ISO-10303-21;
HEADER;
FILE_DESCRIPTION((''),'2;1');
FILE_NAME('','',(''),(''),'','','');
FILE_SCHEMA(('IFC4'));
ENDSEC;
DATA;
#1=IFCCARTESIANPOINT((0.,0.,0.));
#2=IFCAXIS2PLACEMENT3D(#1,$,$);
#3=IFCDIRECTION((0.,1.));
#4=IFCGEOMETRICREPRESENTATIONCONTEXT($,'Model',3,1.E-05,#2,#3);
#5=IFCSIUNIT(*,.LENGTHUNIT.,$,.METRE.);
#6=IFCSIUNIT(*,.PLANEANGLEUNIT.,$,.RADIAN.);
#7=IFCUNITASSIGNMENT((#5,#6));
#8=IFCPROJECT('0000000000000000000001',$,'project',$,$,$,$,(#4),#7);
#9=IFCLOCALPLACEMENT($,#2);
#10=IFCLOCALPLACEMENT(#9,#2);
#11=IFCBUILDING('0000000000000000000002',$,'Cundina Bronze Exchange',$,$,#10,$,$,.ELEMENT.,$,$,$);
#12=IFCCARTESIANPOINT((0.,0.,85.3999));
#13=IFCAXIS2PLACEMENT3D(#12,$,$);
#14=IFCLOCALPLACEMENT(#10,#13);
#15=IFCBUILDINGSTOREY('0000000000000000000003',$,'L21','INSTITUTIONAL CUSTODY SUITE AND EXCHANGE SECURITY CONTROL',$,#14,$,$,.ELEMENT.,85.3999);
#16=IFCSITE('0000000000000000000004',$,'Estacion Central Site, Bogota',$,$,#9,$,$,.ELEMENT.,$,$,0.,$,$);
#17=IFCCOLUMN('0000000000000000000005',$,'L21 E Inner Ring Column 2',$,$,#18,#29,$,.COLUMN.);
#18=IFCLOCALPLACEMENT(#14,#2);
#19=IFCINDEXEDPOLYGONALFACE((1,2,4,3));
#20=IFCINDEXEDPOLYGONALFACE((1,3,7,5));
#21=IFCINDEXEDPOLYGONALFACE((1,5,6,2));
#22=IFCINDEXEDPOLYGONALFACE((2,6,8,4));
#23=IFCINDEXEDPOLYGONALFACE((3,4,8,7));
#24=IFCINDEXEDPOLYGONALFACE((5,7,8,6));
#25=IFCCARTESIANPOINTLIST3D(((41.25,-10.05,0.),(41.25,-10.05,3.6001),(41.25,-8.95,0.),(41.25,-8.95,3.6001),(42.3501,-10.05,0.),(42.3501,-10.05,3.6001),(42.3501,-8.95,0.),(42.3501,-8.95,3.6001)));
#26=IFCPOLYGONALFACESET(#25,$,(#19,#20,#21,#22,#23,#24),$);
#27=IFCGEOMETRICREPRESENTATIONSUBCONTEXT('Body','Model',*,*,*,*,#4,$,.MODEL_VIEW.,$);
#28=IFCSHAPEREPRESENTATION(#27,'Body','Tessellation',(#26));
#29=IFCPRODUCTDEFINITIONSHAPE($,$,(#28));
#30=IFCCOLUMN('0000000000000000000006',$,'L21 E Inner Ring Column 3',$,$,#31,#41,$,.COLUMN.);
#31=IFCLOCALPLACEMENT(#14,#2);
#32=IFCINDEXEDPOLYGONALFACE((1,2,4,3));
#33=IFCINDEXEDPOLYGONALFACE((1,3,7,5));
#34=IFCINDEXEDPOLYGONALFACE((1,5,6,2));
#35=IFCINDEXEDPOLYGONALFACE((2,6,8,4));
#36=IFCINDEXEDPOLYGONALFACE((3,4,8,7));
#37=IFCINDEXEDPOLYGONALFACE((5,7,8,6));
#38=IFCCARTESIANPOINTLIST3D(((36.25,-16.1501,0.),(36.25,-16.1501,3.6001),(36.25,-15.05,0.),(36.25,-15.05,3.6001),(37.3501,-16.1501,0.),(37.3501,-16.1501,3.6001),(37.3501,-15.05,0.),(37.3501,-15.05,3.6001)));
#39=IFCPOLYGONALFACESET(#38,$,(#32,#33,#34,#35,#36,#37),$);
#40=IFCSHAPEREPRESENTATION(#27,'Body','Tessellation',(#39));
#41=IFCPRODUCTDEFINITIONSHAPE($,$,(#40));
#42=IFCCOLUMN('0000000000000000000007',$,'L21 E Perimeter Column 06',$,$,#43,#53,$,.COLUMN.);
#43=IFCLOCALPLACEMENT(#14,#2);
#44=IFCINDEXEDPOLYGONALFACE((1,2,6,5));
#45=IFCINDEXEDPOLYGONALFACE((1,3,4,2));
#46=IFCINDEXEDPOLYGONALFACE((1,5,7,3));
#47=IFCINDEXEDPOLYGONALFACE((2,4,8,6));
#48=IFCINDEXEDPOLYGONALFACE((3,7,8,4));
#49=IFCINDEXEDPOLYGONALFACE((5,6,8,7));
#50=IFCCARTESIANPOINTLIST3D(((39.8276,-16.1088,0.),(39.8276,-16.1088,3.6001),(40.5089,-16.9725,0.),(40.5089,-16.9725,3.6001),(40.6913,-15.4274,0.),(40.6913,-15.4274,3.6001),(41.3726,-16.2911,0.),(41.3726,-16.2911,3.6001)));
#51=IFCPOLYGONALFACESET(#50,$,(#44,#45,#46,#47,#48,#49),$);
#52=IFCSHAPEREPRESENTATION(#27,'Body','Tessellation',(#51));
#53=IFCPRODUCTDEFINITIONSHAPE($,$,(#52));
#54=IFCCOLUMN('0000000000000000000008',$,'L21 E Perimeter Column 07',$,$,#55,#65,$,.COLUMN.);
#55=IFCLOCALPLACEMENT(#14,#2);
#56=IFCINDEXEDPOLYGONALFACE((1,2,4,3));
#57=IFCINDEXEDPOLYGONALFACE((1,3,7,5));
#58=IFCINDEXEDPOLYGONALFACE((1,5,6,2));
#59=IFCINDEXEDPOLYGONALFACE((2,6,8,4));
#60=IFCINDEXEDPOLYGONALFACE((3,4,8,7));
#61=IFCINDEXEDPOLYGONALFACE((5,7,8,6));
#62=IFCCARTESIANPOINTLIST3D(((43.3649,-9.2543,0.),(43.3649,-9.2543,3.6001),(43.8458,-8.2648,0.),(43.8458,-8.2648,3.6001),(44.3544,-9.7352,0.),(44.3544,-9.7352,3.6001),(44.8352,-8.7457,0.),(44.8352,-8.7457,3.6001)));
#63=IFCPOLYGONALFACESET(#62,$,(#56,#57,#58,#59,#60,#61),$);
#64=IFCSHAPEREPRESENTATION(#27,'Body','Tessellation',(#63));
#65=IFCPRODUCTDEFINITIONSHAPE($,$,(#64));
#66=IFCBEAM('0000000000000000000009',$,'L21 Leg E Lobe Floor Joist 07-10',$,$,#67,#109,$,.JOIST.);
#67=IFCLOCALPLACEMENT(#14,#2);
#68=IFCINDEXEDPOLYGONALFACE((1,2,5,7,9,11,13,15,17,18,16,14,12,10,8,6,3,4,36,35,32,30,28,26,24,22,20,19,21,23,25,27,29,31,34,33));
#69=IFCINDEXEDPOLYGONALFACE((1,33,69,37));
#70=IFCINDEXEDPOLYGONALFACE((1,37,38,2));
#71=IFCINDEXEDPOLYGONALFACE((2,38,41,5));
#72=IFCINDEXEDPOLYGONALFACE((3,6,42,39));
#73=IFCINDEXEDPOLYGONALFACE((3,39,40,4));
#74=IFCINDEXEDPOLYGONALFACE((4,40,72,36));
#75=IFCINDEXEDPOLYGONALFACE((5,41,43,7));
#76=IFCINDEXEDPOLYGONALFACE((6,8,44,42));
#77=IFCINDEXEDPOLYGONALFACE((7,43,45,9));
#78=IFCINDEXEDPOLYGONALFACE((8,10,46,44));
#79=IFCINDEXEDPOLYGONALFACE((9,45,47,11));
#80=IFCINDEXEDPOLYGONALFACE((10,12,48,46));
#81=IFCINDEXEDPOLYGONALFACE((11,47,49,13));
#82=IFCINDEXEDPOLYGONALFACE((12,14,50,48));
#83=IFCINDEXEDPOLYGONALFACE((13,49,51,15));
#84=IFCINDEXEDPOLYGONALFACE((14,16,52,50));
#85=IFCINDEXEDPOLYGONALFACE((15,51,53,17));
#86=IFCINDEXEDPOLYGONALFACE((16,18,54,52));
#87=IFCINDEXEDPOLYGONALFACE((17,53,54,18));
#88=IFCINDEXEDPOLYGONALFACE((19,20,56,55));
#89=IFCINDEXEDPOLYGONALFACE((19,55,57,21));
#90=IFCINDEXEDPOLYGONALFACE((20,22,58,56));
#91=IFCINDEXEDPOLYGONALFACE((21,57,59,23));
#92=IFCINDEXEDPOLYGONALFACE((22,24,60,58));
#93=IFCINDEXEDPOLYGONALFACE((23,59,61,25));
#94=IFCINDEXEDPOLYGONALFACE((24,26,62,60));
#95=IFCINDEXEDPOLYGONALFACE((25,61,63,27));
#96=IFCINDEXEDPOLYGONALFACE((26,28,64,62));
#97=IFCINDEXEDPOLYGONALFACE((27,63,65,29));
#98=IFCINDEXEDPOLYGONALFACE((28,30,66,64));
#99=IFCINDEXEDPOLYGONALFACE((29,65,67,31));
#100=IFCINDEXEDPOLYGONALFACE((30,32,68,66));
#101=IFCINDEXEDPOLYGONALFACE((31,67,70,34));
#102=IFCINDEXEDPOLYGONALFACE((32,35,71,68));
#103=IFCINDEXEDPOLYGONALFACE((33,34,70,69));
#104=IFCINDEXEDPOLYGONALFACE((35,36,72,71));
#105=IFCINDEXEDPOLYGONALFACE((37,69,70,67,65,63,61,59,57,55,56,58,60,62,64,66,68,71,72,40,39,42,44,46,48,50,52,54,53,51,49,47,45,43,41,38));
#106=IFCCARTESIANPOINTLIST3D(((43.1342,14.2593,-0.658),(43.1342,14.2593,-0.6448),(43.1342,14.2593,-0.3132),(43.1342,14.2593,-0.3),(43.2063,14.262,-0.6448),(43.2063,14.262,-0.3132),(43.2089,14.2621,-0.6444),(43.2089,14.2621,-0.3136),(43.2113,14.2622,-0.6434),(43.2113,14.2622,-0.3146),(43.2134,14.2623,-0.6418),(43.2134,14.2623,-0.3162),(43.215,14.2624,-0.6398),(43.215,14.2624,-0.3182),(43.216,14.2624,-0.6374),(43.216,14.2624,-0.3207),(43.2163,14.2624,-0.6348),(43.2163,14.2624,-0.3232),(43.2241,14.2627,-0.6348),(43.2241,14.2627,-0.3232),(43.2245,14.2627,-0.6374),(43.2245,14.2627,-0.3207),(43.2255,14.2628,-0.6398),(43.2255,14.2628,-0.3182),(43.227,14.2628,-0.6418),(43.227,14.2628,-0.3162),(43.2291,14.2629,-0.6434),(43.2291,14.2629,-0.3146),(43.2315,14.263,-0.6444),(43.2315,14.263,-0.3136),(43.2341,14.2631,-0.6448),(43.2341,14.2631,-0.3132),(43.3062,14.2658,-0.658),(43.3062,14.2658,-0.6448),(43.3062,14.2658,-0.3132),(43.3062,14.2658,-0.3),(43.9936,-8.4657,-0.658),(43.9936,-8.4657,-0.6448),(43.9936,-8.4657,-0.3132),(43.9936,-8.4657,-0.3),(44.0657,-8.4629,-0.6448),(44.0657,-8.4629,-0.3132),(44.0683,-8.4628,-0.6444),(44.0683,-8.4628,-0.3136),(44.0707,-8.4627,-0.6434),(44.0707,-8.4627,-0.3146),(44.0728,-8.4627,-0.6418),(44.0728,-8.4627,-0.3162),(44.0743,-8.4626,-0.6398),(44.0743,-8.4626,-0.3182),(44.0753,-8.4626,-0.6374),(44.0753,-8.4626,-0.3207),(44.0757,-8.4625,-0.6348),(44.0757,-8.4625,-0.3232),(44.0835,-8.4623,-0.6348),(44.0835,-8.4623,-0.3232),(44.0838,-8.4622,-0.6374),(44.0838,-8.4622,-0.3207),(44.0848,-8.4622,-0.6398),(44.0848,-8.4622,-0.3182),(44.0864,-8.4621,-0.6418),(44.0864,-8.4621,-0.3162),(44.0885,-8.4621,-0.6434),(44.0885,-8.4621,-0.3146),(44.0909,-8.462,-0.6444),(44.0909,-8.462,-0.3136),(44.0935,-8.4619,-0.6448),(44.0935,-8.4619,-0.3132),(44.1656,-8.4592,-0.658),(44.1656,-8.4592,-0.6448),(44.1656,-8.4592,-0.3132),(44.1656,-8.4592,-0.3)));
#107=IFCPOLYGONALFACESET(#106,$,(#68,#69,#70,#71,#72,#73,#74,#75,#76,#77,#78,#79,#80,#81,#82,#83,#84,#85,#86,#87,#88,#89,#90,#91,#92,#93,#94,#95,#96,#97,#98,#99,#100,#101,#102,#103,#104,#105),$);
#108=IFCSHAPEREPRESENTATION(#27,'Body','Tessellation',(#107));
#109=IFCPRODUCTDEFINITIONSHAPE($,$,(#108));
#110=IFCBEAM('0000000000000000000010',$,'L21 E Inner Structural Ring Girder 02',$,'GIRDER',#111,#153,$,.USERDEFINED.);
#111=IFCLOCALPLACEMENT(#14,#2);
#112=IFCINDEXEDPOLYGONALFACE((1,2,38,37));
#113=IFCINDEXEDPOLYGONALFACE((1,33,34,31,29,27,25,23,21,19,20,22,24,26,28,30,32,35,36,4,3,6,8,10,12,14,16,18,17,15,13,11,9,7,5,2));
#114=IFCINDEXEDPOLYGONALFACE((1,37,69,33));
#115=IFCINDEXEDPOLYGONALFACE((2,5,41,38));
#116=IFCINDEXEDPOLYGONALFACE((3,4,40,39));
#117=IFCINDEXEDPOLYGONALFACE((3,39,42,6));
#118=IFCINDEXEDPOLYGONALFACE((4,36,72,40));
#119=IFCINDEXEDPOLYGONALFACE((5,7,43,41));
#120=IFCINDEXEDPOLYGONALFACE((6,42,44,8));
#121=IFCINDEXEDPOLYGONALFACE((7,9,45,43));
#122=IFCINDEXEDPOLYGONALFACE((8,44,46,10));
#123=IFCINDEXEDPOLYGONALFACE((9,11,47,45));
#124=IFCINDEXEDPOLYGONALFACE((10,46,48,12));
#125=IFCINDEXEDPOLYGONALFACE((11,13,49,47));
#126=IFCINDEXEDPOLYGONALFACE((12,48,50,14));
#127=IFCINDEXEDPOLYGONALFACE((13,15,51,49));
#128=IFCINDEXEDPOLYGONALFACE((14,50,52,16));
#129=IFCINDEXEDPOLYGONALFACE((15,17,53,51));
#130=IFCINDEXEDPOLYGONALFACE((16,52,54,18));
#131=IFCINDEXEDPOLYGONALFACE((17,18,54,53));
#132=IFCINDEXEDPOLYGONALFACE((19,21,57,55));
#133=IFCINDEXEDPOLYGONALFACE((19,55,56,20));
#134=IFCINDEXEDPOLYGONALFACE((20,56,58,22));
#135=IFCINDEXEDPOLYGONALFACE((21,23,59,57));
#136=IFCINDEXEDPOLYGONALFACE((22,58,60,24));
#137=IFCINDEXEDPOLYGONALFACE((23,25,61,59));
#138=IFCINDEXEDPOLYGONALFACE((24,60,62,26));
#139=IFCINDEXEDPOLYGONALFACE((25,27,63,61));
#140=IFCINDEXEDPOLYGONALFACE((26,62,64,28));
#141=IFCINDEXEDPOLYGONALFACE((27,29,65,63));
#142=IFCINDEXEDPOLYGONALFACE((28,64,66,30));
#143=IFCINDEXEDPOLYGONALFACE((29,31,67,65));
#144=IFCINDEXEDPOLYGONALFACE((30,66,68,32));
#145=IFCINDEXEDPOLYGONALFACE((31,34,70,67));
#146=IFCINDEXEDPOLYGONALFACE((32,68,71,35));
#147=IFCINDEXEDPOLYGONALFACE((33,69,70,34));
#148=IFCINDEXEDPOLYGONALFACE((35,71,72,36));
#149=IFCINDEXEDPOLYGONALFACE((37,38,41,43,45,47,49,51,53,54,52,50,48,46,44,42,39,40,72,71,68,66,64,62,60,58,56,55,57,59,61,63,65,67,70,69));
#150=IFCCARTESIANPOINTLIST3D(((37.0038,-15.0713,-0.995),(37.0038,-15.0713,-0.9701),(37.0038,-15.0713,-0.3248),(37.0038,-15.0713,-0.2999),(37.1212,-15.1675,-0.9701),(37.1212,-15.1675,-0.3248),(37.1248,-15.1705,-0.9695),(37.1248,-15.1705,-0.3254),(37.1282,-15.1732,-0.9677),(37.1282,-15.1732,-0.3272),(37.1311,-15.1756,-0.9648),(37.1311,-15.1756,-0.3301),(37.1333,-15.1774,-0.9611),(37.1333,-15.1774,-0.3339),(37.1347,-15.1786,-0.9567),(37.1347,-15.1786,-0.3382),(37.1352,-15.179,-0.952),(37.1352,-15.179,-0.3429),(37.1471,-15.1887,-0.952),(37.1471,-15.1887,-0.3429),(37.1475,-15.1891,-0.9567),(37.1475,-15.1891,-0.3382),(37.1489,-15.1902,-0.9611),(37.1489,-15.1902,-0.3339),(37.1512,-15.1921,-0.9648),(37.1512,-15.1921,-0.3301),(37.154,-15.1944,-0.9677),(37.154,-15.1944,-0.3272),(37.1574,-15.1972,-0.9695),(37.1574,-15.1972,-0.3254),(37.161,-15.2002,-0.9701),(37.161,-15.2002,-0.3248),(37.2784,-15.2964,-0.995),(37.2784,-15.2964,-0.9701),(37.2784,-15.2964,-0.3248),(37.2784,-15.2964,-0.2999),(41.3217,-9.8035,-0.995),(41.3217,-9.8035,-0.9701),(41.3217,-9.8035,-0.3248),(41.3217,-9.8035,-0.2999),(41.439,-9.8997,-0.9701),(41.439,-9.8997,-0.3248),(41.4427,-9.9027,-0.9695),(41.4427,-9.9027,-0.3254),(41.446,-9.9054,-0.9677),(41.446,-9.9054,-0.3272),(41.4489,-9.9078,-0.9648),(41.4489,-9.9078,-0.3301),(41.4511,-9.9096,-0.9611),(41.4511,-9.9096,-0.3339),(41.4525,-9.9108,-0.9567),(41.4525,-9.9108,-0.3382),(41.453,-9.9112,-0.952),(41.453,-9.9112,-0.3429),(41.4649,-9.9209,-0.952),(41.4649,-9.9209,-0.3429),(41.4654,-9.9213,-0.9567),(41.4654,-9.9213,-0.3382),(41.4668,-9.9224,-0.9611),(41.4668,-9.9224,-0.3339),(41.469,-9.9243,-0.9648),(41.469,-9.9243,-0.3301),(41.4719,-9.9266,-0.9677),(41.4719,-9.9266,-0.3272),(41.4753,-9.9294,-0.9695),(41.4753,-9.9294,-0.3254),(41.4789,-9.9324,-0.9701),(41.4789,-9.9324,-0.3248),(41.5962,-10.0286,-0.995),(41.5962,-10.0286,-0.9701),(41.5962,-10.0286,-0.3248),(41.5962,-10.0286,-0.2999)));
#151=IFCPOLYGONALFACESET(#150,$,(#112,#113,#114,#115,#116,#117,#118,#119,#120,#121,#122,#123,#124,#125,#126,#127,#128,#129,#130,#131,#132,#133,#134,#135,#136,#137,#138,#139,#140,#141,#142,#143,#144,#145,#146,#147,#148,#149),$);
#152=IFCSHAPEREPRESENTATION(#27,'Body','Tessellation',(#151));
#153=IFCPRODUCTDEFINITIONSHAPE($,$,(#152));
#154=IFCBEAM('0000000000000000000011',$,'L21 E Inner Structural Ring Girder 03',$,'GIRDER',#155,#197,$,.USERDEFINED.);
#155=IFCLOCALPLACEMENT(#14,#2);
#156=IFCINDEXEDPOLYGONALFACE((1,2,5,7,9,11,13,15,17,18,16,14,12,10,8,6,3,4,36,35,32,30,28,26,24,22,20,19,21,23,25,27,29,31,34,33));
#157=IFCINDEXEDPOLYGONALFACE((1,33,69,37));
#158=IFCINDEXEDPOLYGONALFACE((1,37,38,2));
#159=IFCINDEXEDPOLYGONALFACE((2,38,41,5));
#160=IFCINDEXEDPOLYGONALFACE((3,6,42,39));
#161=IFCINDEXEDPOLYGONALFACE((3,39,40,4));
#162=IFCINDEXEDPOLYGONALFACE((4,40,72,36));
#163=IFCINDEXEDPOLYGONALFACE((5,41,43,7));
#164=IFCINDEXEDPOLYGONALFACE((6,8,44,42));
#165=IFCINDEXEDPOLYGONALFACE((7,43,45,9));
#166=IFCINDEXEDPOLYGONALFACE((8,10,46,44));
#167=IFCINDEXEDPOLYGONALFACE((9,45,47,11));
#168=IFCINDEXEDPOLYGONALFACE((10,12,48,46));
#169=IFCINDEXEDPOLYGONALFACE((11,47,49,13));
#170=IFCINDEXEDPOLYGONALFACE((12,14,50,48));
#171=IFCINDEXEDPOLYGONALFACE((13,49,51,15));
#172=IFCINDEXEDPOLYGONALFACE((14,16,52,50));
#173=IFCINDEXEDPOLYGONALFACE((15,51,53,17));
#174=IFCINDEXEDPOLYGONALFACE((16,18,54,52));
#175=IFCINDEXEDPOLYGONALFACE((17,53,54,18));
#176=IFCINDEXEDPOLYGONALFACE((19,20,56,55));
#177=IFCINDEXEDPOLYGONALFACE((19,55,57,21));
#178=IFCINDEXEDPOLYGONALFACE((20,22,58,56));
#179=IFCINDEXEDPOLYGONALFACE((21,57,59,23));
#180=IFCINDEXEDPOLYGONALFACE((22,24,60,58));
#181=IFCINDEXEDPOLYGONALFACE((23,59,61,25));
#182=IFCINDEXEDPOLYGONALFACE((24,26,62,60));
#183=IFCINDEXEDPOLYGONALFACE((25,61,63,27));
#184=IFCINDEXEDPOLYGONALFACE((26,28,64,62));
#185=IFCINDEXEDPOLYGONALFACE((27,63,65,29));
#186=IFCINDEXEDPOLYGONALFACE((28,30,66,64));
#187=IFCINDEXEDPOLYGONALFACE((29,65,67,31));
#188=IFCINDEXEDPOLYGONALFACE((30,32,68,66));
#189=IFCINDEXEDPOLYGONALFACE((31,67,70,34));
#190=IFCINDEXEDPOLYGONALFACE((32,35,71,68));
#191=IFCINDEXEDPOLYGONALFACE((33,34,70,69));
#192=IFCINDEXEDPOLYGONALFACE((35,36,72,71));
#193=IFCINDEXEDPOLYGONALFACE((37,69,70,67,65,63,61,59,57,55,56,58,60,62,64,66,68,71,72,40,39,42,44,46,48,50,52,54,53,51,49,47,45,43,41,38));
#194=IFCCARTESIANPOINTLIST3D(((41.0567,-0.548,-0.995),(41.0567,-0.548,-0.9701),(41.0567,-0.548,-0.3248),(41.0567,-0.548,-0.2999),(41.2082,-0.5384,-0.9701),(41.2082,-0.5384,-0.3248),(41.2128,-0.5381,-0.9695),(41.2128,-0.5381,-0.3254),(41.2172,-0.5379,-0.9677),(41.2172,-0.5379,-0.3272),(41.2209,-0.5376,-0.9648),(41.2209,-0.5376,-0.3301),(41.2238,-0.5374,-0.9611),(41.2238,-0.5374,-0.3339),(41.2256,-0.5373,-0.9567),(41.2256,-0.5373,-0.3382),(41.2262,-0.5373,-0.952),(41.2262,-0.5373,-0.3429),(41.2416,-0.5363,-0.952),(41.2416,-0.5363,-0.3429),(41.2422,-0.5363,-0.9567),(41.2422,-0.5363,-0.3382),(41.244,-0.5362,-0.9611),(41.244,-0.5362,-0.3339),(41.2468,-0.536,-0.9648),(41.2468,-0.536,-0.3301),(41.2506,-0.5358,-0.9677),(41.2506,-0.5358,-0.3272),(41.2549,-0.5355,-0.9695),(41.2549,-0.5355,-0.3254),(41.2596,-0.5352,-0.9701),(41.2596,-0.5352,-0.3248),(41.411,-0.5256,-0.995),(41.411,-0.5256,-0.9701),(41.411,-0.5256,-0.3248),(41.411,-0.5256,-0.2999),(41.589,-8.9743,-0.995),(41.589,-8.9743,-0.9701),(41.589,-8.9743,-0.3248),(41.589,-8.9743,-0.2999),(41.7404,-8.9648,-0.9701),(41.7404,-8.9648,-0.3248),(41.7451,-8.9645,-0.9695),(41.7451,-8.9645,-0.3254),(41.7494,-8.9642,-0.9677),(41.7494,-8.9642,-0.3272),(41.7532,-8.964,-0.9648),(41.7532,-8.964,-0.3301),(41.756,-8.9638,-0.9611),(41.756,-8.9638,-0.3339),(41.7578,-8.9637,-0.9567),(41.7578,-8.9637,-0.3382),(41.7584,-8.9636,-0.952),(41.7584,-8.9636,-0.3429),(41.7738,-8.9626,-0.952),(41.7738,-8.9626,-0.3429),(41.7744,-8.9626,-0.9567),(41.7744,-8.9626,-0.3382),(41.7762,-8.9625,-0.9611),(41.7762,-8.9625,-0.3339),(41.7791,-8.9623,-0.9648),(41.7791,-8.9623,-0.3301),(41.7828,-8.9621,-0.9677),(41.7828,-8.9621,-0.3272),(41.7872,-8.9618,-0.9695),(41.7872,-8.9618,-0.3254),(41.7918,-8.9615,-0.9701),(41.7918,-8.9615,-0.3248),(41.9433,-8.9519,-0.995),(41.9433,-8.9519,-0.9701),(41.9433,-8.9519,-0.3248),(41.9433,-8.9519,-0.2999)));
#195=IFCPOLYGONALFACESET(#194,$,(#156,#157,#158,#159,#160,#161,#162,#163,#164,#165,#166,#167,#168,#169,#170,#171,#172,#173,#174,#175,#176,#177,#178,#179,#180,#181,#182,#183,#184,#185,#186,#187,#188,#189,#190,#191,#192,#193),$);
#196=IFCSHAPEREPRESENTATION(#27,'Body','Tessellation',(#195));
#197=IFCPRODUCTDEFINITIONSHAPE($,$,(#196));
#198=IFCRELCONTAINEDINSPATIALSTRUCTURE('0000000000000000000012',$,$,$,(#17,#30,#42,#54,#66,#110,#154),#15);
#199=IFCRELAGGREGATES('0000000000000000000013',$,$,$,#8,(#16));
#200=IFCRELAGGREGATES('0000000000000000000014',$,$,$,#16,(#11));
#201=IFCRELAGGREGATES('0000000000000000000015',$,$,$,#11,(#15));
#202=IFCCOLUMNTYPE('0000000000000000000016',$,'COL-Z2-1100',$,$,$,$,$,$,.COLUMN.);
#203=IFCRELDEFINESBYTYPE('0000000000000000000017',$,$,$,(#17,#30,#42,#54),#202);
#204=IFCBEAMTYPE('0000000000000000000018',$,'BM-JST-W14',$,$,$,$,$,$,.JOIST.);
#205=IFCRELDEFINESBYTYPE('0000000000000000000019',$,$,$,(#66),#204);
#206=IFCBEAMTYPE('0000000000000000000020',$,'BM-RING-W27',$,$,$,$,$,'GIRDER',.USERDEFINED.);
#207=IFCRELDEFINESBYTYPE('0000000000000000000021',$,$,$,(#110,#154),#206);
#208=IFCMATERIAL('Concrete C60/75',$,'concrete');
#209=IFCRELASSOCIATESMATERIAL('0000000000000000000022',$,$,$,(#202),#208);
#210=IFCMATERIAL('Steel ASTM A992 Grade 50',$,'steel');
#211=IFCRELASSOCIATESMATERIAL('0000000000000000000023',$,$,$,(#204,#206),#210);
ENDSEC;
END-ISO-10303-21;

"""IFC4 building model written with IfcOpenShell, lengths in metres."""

from ifc_helpers import new_model, si_unit, direction, frame, origin, origin_2d, place, context, subcontext, project, spatial, rectangle, i_section, extrude, material, material_profile, profile_set, type_object, element, save


model = new_model("IFC4")

# Units and contexts
model_context = context("Model", 3, precision=1e-05, world=origin(), true_north=direction((0.0, 1.0)))
body_context = subcontext(model_context, "Body", "Model", "MODEL_VIEW")
ifc_project = project(units=[si_unit("LENGTHUNIT", "METRE"), si_unit("PLANEANGLEUNIT", "RADIAN")], contexts=[model_context])

# Site, building, storey
site_placement = place(None, origin())
site = spatial("IfcSite", under=ifc_project, at=site_placement, Name="Estacion Central Site, Bogota", CompositionType="ELEMENT", RefElevation=0.0)
building_placement = place(site_placement, origin())
building = spatial("IfcBuilding", under=site, at=building_placement, Name="Cundina Bronze Exchange", CompositionType="ELEMENT")
storey_placement = place(building_placement, frame((0.0, 0.0, 85.3999)))
storey = spatial("IfcBuildingStorey", under=building, at=storey_placement, Name="L21", Description="INSTITUTIONAL CUSTODY SUITE AND EXCHANGE SECURITY CONTROL", CompositionType="ELEMENT", Elevation=85.3999)

# Columns
ifc_material_1 = material(Name="Concrete C60/75", Category="concrete")
ifc_material_profile_1 = material_profile(ifc_material_1, rectangle(XDim=1.1001, YDim=1.1001, at=origin_2d()), Name="RC1100X1100", Category="concrete")
ifc_profile_set_1 = profile_set([ifc_material_profile_1], Name="Concrete C60/75")
column_type = type_object("IfcColumnType", Name="COL-Z2-1100", PredefinedType="COLUMN", material=ifc_profile_set_1)
for number, where, z_axis, x_axis, name in (
    (1, (41.8, -9.5, 0.0), (0.0, 0.0, 1.0), (1.0, 0.0, 0.0), "L21 E Inner Ring Column 2"),
    (2, (36.8, -15.6001, 0.0), (0.0, 0.0, 1.0), (1.0, 0.0, 0.0), "L21 E Inner Ring Column 3"),
    (3, (40.6001, -16.2, 0.0), (0.0, 0.0, 1.0), (0.785101, 0.619368, 0.0), "L21 E Perimeter Column 06"),
    (4, (44.1001, -9.0, 0.0), (0.0, 0.0, 1.0), (0.437116, 0.899405, 0.0), "L21 E Perimeter Column 07"),
):
    element("IfcColumn", number, at=place(storey_placement, frame(where, z_axis=z_axis, x_axis=x_axis)), inside=storey, type_object=column_type, Name=name, PredefinedType="COLUMN", context=body_context, shape_type="SweptSolid", body=[
        extrude(rectangle(XDim=1.1001, YDim=1.1001, at=origin_2d()), origin(), (0.0, 0.0, 1.0), 3.6001),
    ])

# Beams
ifc_material_2 = material(Name="Steel ASTM A992 Grade 50", Category="steel")
ifc_material_profile_2 = material_profile(ifc_material_2, i_section(OverallWidth=0.1721, OverallDepth=0.3579, WebThickness=0.0078, FlangeThickness=0.0132, FilletRadius=0.01, at=origin_2d()), Name="W14X38", Category="steel")
ifc_profile_set_2 = profile_set([ifc_material_profile_2], Name="Steel ASTM A992 Grade 50")
beam_type_1 = type_object("IfcBeamType", Name="BM-JST-W14", PredefinedType="JOIST", material=ifc_profile_set_2)
beam_1_placement = place(storey_placement, frame((44.0796, -8.4624, -0.479), z_axis=(-0.03779, 0.999286, 0.0), x_axis=(-0.999286, -0.03779, 0.0)))
element("IfcBeam", 5, at=beam_1_placement, inside=storey, type_object=beam_type_1, Name="L21 Leg E Lobe Floor Joist 07-10", PredefinedType="JOIST", context=body_context, shape_type="SweptSolid", body=[
    extrude(i_section(OverallWidth=0.1721, OverallDepth=0.3579, WebThickness=0.0078, FlangeThickness=0.0132, FilletRadius=0.01, at=origin_2d()), origin(), (0.0, 0.0, 1.0), 22.7412),
])
ifc_material_profile_3 = material_profile(ifc_material_2, i_section(OverallWidth=0.355, OverallDepth=0.6951, WebThickness=0.0154, FlangeThickness=0.0249, FilletRadius=0.0181, at=origin_2d()), Name="W27X146", Category="steel")
ifc_profile_set_3 = profile_set([ifc_material_profile_3], Name="Steel ASTM A992 Grade 50")
beam_type_2 = type_object("IfcBeamType", Name="BM-RING-W27", ElementType="GIRDER", PredefinedType="USERDEFINED", material=ifc_profile_set_3)
beam_2_placement = place(storey_placement, frame((37.1411, -15.1838, -0.6475), z_axis=(0.633927, 0.773393, 0.0), x_axis=(-0.773393, 0.633927, 0.0)))
element("IfcBeam", 6, at=beam_2_placement, inside=storey, type_object=beam_type_2, Name="L21 E Inner Structural Ring Girder 02", ObjectType="GIRDER", PredefinedType="USERDEFINED", context=body_context, shape_type="SweptSolid", body=[
    extrude(i_section(OverallWidth=0.355, OverallDepth=0.6951, WebThickness=0.0154, FlangeThickness=0.0249, FilletRadius=0.0181, at=origin_2d()), origin(), (0.0, 0.0, 1.0), 6.8113),
])
beam_3_placement = place(storey_placement, frame((41.7661, -8.9631, -0.6475), z_axis=(-0.063037, 0.998011, 0.0), x_axis=(-0.998011, -0.063037, 0.0)))
element("IfcBeam", 7, at=beam_3_placement, inside=storey, type_object=beam_type_2, Name="L21 E Inner Structural Ring Girder 03", ObjectType="GIRDER", PredefinedType="USERDEFINED", context=body_context, shape_type="SweptSolid", body=[
    extrude(i_section(OverallWidth=0.355, OverallDepth=0.6951, WebThickness=0.0154, FlangeThickness=0.0249, FilletRadius=0.0181, at=origin_2d()), origin(), (0.0, 0.0, 1.0), 8.4431),
])

save(model, "model.ifc")
